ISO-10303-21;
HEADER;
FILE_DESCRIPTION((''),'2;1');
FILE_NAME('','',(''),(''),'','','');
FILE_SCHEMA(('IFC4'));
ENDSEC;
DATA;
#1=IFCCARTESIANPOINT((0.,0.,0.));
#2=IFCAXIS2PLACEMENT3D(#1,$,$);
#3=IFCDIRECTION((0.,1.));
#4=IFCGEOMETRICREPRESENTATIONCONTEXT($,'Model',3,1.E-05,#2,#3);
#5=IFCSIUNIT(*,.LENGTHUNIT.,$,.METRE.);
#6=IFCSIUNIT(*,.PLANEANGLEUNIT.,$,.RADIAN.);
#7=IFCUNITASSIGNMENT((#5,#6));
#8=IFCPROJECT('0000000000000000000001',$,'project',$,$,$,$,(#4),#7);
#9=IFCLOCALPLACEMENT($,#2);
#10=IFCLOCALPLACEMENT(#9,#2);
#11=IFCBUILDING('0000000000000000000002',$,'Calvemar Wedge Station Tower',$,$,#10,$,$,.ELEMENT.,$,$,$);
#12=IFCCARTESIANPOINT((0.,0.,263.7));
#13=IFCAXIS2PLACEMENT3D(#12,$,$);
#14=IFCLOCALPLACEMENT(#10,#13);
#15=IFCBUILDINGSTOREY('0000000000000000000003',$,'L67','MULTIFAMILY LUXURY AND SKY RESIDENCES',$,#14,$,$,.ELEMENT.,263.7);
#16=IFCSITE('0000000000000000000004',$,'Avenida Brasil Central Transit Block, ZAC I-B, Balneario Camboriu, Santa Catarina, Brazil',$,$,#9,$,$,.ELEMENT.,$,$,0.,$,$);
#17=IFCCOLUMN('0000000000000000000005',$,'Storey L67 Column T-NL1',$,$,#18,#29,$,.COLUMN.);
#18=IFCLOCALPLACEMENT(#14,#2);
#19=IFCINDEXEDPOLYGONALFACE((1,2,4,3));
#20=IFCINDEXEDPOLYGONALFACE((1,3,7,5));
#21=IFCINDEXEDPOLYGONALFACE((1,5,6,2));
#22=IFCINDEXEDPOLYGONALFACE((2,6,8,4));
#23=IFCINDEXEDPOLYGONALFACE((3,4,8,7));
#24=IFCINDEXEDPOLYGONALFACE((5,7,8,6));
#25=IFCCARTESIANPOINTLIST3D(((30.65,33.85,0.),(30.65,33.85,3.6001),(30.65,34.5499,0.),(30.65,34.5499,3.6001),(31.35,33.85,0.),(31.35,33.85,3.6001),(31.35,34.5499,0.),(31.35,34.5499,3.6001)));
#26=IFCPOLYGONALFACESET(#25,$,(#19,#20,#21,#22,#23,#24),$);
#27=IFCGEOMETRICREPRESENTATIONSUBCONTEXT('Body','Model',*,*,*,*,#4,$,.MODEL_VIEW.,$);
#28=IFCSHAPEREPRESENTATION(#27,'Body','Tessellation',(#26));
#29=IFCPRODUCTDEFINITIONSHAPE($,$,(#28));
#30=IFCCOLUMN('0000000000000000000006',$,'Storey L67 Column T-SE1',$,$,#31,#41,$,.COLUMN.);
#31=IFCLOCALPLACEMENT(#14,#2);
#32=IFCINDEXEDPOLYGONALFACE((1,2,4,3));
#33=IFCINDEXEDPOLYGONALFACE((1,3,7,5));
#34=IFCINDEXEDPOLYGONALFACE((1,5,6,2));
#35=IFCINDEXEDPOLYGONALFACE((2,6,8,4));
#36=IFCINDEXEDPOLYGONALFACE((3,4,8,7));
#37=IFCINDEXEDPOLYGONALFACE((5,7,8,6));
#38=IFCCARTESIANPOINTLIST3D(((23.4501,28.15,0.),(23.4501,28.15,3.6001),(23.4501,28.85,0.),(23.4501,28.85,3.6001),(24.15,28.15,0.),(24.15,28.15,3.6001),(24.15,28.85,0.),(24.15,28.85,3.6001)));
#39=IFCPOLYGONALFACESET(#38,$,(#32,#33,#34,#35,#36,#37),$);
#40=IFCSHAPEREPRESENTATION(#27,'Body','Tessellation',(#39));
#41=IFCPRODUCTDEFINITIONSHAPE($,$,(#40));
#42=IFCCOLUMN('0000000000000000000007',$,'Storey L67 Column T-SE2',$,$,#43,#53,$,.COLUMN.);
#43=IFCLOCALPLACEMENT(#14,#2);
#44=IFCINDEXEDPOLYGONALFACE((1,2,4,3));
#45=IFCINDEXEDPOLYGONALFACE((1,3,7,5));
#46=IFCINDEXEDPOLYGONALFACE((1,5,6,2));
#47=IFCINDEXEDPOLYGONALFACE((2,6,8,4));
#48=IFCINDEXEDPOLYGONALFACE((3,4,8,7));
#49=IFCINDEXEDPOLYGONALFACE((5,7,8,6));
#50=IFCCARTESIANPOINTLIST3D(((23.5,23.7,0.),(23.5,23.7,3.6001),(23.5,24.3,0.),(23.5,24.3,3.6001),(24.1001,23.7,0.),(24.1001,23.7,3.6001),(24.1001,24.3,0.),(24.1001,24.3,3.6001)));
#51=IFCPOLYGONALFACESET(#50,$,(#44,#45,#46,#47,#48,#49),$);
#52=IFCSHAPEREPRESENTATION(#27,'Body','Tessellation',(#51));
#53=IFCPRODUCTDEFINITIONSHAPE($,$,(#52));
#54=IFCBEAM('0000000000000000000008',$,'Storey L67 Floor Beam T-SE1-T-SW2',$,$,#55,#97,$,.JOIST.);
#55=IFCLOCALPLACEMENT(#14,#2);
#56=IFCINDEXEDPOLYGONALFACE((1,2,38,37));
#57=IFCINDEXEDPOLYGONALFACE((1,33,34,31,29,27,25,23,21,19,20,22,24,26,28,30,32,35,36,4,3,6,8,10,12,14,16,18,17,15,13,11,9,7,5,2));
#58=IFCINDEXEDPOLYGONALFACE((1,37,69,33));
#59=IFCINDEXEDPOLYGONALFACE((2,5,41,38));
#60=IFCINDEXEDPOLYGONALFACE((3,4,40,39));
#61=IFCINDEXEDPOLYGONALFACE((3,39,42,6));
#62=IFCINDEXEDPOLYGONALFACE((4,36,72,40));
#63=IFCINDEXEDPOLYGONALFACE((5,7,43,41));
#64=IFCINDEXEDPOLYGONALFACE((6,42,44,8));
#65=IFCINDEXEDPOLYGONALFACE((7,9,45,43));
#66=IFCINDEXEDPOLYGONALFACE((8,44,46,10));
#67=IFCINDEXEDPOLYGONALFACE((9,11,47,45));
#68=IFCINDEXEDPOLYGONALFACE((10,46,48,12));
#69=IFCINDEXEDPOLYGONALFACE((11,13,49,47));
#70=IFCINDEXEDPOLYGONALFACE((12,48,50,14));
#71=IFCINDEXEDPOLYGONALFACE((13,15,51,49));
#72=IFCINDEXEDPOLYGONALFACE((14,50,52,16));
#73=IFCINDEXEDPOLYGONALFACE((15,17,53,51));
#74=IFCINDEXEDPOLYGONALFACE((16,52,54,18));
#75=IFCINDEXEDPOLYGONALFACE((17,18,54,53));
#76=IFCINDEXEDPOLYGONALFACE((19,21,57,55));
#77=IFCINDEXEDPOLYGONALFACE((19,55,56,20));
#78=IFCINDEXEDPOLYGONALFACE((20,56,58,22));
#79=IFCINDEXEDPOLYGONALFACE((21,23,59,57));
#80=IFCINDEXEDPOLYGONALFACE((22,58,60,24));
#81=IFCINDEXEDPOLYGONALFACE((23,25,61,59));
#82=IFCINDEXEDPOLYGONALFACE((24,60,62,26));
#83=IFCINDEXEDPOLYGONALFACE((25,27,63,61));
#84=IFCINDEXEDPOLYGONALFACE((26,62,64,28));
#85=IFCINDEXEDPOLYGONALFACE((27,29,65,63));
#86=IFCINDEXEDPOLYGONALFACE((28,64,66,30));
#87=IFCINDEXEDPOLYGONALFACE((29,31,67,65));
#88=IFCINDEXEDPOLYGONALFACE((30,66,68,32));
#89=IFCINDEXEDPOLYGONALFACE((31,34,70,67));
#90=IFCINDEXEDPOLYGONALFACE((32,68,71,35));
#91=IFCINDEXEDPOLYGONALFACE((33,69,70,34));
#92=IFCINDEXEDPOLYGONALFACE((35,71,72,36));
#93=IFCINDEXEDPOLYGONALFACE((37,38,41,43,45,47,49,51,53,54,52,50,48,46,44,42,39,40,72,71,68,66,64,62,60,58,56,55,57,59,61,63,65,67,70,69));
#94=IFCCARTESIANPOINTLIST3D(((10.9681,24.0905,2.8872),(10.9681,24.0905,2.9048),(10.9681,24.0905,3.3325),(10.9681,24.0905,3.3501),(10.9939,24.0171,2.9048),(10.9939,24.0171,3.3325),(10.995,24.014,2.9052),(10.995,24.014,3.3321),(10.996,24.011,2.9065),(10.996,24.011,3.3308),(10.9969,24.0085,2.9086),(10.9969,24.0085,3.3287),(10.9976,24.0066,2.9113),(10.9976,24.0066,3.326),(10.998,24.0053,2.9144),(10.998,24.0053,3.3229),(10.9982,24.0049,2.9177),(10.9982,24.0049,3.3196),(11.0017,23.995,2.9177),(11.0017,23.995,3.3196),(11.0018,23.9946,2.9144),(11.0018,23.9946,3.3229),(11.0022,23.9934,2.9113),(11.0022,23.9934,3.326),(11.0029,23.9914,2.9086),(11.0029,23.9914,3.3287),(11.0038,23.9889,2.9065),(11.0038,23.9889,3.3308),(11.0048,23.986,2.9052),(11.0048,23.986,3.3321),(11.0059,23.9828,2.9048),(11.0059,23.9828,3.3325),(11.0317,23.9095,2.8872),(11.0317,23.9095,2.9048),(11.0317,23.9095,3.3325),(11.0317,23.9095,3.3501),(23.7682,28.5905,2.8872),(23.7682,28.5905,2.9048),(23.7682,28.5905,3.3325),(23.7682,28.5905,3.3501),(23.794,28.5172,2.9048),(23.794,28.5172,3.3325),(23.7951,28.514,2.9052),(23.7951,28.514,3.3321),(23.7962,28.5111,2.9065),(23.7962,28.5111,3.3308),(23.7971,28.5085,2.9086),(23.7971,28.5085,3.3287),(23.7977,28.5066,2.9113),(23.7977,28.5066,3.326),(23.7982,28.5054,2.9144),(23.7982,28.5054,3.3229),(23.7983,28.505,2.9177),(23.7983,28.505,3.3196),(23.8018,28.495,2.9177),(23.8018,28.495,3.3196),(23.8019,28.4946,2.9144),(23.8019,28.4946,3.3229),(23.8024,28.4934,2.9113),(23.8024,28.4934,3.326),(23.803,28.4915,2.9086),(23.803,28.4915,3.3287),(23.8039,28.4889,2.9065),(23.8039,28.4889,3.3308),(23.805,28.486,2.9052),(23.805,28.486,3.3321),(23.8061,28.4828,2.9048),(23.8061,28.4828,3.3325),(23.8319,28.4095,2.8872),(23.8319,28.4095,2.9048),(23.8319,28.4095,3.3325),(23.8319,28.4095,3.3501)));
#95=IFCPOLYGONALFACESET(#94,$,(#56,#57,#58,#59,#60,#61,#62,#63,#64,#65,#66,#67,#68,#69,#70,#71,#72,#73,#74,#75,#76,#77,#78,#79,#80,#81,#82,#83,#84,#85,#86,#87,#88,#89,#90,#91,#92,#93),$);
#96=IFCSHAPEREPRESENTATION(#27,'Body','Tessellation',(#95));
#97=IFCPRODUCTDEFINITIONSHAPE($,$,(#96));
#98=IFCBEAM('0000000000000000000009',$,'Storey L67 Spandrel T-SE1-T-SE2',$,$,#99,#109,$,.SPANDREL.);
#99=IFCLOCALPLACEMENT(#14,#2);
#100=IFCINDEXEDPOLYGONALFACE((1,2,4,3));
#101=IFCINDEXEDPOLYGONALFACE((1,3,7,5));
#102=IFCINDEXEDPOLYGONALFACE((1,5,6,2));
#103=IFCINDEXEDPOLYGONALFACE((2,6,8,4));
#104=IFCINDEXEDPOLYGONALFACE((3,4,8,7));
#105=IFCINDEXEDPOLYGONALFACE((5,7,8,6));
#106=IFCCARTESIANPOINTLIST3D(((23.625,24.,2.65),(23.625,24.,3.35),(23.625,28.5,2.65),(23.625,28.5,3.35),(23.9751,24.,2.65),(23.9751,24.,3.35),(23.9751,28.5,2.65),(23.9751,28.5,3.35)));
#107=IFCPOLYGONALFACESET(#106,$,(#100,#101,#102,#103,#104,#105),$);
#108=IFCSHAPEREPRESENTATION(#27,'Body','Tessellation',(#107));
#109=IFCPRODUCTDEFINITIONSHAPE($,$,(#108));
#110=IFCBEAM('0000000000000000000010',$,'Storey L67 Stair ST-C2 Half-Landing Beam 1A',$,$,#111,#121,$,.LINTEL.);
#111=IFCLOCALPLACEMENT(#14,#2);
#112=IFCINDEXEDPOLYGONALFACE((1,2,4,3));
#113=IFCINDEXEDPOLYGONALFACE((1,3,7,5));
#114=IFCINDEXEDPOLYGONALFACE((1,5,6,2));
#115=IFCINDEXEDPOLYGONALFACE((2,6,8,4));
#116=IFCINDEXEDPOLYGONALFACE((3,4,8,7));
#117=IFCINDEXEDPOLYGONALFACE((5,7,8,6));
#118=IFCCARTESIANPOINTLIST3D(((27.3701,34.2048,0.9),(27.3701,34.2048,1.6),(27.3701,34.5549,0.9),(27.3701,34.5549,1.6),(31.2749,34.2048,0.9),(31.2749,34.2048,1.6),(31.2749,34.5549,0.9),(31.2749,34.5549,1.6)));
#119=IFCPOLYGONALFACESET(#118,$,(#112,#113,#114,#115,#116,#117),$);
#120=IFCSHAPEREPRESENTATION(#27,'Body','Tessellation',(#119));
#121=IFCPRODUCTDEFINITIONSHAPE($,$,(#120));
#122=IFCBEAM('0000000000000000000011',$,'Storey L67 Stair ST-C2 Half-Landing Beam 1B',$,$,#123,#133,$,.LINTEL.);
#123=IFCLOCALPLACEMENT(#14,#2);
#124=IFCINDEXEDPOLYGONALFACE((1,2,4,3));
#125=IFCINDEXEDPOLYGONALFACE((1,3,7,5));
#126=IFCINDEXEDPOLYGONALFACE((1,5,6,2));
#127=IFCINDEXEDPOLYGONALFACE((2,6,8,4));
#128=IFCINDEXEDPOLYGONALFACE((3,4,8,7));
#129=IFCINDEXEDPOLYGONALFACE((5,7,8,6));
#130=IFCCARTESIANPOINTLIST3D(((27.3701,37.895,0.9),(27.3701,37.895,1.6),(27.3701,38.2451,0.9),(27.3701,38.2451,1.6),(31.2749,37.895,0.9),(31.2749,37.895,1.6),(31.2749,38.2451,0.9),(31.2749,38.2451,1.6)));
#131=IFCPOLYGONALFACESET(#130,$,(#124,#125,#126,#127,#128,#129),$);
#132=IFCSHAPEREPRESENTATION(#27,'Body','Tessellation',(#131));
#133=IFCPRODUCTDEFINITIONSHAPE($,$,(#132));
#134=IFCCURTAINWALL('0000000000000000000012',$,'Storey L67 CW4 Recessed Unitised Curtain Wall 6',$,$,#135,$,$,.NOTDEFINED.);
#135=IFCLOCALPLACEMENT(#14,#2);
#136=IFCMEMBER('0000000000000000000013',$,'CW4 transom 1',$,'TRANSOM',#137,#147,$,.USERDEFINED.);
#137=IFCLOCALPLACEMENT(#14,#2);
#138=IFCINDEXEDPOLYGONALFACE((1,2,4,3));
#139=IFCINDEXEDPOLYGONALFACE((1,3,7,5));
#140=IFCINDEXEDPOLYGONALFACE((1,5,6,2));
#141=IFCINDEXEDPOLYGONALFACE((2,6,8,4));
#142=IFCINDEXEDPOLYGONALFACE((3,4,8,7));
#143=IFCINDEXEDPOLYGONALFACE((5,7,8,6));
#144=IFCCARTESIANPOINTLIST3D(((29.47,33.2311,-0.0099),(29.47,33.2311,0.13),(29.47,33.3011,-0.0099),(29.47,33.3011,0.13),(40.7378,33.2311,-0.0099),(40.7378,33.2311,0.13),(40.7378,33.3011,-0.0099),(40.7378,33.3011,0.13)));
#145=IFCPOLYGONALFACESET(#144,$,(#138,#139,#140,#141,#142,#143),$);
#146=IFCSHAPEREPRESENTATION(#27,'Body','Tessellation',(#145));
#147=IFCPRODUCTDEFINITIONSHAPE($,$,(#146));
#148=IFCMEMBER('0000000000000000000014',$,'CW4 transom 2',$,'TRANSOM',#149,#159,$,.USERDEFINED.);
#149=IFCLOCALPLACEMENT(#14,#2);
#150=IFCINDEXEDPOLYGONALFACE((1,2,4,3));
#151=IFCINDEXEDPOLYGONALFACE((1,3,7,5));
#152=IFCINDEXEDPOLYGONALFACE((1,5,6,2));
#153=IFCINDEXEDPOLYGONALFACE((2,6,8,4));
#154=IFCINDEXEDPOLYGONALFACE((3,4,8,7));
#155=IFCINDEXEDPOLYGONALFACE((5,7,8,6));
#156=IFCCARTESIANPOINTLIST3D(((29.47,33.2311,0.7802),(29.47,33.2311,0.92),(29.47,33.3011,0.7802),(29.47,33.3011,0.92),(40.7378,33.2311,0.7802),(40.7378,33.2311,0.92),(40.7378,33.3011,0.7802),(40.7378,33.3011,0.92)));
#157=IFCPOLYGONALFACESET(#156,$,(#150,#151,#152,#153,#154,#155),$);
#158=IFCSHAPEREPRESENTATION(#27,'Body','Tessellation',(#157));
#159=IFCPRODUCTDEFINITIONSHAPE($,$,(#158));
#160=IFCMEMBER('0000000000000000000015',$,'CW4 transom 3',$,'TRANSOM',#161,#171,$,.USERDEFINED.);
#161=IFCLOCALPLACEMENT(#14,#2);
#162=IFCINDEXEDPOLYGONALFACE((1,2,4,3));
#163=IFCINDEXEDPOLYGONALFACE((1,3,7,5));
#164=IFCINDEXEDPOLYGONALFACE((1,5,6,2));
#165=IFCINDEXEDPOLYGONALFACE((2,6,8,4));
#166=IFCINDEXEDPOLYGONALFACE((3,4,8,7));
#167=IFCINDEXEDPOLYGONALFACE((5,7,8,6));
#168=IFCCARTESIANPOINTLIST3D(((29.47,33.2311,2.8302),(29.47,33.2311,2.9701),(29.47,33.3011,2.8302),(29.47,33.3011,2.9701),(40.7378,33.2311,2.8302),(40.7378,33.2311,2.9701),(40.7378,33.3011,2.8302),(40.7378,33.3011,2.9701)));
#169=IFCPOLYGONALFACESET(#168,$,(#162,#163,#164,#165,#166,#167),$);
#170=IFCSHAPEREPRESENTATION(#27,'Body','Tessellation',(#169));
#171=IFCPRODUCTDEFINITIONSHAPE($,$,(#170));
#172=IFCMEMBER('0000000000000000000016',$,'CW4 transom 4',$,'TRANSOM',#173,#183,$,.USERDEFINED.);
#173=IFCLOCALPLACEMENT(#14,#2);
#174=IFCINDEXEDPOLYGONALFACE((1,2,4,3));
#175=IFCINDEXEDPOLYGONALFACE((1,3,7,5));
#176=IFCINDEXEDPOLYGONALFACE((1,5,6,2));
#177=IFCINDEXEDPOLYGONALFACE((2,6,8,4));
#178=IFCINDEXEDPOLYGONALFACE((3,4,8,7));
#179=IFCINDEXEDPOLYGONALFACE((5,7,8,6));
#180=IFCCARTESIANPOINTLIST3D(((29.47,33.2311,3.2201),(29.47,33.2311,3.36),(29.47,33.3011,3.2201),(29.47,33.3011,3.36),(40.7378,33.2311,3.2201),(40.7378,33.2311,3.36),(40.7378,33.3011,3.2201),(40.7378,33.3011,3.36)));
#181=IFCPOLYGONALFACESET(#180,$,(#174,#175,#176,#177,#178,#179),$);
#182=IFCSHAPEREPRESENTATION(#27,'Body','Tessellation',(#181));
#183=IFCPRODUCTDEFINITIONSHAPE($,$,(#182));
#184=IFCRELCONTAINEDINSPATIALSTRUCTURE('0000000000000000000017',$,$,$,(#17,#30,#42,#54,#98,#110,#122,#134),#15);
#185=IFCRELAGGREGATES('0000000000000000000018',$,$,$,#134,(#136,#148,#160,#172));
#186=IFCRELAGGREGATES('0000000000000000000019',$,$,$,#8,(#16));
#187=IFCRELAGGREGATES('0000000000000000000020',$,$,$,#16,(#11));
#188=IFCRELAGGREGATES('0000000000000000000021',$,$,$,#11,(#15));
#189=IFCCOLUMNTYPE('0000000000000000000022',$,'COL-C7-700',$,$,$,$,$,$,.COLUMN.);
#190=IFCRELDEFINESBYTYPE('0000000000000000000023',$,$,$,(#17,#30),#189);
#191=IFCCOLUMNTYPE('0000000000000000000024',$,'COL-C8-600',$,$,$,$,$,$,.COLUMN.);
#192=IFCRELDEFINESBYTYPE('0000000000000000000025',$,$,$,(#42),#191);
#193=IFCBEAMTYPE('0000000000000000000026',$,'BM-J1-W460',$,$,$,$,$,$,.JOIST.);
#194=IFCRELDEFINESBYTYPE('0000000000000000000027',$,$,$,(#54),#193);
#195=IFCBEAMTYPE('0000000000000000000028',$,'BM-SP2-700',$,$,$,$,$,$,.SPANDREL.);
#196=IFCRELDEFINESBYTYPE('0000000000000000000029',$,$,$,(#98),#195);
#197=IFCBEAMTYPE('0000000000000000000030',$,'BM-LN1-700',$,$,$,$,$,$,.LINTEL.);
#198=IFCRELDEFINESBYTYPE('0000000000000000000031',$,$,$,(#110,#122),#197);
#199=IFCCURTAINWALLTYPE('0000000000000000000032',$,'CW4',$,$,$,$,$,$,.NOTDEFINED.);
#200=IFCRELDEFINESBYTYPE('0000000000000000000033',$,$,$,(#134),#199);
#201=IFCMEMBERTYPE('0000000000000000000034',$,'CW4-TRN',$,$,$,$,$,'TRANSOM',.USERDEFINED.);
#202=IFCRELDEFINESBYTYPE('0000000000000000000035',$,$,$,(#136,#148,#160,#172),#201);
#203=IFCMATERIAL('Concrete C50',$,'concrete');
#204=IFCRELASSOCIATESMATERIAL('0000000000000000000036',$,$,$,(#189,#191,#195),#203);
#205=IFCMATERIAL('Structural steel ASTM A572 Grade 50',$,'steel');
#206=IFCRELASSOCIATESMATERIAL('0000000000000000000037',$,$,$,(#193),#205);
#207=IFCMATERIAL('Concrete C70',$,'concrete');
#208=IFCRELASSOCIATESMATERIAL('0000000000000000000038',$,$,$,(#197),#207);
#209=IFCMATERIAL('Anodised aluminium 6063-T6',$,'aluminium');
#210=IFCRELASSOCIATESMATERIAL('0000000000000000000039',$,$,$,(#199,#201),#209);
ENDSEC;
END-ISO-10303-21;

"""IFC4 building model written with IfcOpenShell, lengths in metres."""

from ifc_helpers import new_model, si_unit, direction, frame, origin, origin_2d, place, context, subcontext, project, spatial, rectangle, i_section, extrude, source, transform, mapped, material, material_profile, profile_set, type_object, element, aggregate, save


model = new_model("IFC4")

# Units and contexts
model_context = context("Model", 3, precision=1e-05, world=origin(), true_north=direction((0.0, 1.0)))
body_context = subcontext(model_context, "Body", "Model", "MODEL_VIEW")
ifc_project = project(units=[si_unit("LENGTHUNIT", "METRE"), si_unit("PLANEANGLEUNIT", "RADIAN")], contexts=[model_context])

# Site, building, storey
site_placement = place(None, origin())
site = spatial("IfcSite", under=ifc_project, at=site_placement, Name="Avenida Brasil Central Transit Block, ZAC I-B, Balneario Camboriu, Santa Catarina, Brazil", CompositionType="ELEMENT", RefElevation=0.0)
building_placement = place(site_placement, origin())
building = spatial("IfcBuilding", under=site, at=building_placement, Name="Calvemar Wedge Station Tower", CompositionType="ELEMENT")
storey_placement = place(building_placement, frame((0.0, 0.0, 263.7)))
storey = spatial("IfcBuildingStorey", under=building, at=storey_placement, Name="L67", Description="MULTIFAMILY LUXURY AND SKY RESIDENCES", CompositionType="ELEMENT", Elevation=263.7)

# Columns
ifc_material_1 = material(Name="Concrete C50", Category="concrete")
ifc_material_profile_1 = material_profile(ifc_material_1, rectangle(XDim=0.7, YDim=0.7, at=origin_2d()), Name="RC700x700")
ifc_profile_set_1 = profile_set([ifc_material_profile_1], Name="Concrete C50")
column_type_1 = type_object("IfcColumnType", Name="COL-C7-700", PredefinedType="COLUMN", material=ifc_profile_set_1)
shared_shape_1 = source(origin(), body_context, "Body", "SweptSolid", [
    extrude(rectangle(XDim=0.7, YDim=0.7, at=origin_2d()), origin(), (0.0, 0.0, 1.0), 3.6001),
])
for number, where, z_axis, x_axis, name in (
    (1, (31.0, 34.2, 0.0), (0.0, 0.0, 1.0), (1.0, 0.0, 0.0), "Storey L67 Column T-NL1"),
    (2, (23.8, 28.5, 0.0), (0.0, 0.0, 1.0), (1.0, 0.0, 0.0), "Storey L67 Column T-SE1"),
):
    element("IfcColumn", number, at=place(storey_placement, frame(where, z_axis=z_axis, x_axis=x_axis)), inside=storey, type_object=column_type_1, Name=name, PredefinedType="COLUMN", context=body_context, shape_type="MappedRepresentation", body=[
        mapped(shared_shape_1, transform((0.0, 0.0, 0.0), scale=1.0)),
    ])
ifc_material_profile_2 = material_profile(ifc_material_1, rectangle(XDim=0.6001, YDim=0.6001, at=origin_2d()), Name="RC600x600")
ifc_profile_set_2 = profile_set([ifc_material_profile_2], Name="Concrete C50")
column_type_2 = type_object("IfcColumnType", Name="COL-C8-600", PredefinedType="COLUMN", material=ifc_profile_set_2)
shared_shape_2 = source(origin(), body_context, "Body", "SweptSolid", [
    extrude(rectangle(XDim=0.6001, YDim=0.6001, at=origin_2d()), origin(), (0.0, 0.0, 1.0), 3.6001),
])
column_placement = place(storey_placement, frame((23.8, 24.0, 0.0), z_axis=(0.0, 0.0, 1.0), x_axis=(1.0, 0.0, 0.0)))
element("IfcColumn", 3, at=column_placement, inside=storey, type_object=column_type_2, Name="Storey L67 Column T-SE2", PredefinedType="COLUMN", context=body_context, shape_type="MappedRepresentation", body=[
    mapped(shared_shape_2, transform((0.0, 0.0, 0.0), scale=1.0)),
])

# Beams
ifc_material_2 = material(Name="Structural steel ASTM A572 Grade 50", Category="steel")
ifc_material_profile_3 = material_profile(ifc_material_2, i_section(OverallWidth=0.1919, OverallDepth=0.4629, WebThickness=0.0105, FlangeThickness=0.0176, FilletRadius=0.0129, at=origin_2d()), Name="W460x89")
ifc_profile_set_3 = profile_set([ifc_material_profile_3], Name="Structural steel ASTM A572 Grade 50")
beam_type_1 = type_object("IfcBeamType", Name="BM-J1-W460", PredefinedType="JOIST", material=ifc_profile_set_3)
shared_shape_3 = source(origin(), body_context, "Body", "SweptSolid", [
    extrude(i_section(OverallWidth=0.1919, OverallDepth=0.4629, WebThickness=0.0105, FlangeThickness=0.0176, FilletRadius=0.0129, at=origin_2d()), origin(), (0.0, 0.0, 1.0), 13.5681),
])
beam_1_placement = place(storey_placement, frame((23.8, 28.5, 3.1187), z_axis=(-0.943398, -0.331662, 0.0), x_axis=(0.331662, -0.943398, 0.0)))
element("IfcBeam", 4, at=beam_1_placement, inside=storey, type_object=beam_type_1, Name="Storey L67 Floor Beam T-SE1-T-SW2", PredefinedType="JOIST", context=body_context, shape_type="MappedRepresentation", body=[
    mapped(shared_shape_3, transform((0.0, 0.0, 0.0), scale=1.0)),
])
ifc_material_profile_4 = material_profile(ifc_material_1, rectangle(XDim=0.3501, YDim=0.7, at=origin_2d()), Name="RC350x700")
ifc_profile_set_4 = profile_set([ifc_material_profile_4], Name="Concrete C50")
beam_type_2 = type_object("IfcBeamType", Name="BM-SP2-700", PredefinedType="SPANDREL", material=ifc_profile_set_4)
shared_shape_4 = source(origin(), body_context, "Body", "SweptSolid", [
    extrude(rectangle(XDim=0.3501, YDim=0.7, at=origin_2d()), origin(), (0.0, 0.0, 1.0), 4.5),
])
beam_2_placement = place(storey_placement, frame((23.8, 28.5, 3.0), z_axis=(0.0, -1.0, 0.0), x_axis=(1.0, 0.0, 0.0)))
element("IfcBeam", 5, at=beam_2_placement, inside=storey, type_object=beam_type_2, Name="Storey L67 Spandrel T-SE1-T-SE2", PredefinedType="SPANDREL", context=body_context, shape_type="MappedRepresentation", body=[
    mapped(shared_shape_4, transform((0.0, 0.0, 0.0), scale=1.0)),
])
ifc_material_3 = material(Name="Concrete C70", Category="concrete")
ifc_material_profile_5 = material_profile(ifc_material_3, rectangle(XDim=0.3501, YDim=0.7, at=origin_2d()), Name="RC350x700")
ifc_profile_set_5 = profile_set([ifc_material_profile_5], Name="Concrete C70")
beam_type_3 = type_object("IfcBeamType", Name="BM-LN1-700", PredefinedType="LINTEL", material=ifc_profile_set_5)
shared_shape_5 = source(origin(), body_context, "Body", "SweptSolid", [
    extrude(rectangle(XDim=0.3501, YDim=0.7, at=origin_2d()), origin(), (0.0, 0.0, 1.0), 3.9048),
])
for number, where, z_axis, x_axis, name in (
    (6, (27.3701, 34.3799, 1.25), (1.0, 0.0, 0.0), (0.0, 1.0, 0.0), "Storey L67 Stair ST-C2 Half-Landing Beam 1A"),
    (7, (27.3701, 38.0701, 1.25), (1.0, 0.0, 0.0), (0.0, 1.0, 0.0), "Storey L67 Stair ST-C2 Half-Landing Beam 1B"),
):
    element("IfcBeam", number, at=place(storey_placement, frame(where, z_axis=z_axis, x_axis=x_axis)), inside=storey, type_object=beam_type_3, Name=name, PredefinedType="LINTEL", context=body_context, shape_type="MappedRepresentation", body=[
        mapped(shared_shape_5, transform((0.0, 0.0, 0.0), scale=1.0)),
    ])

# Curtain wall, members
ifc_material_4 = material(Name="Anodised aluminium 6063-T6", Category="aluminium")
curtain_wall_type = type_object("IfcCurtainWallType", Name="CW4", PredefinedType="NOTDEFINED", material=ifc_material_4)
curtain_wall_placement = place(storey_placement, origin())
curtain_wall = element("IfcCurtainWall", 8, at=curtain_wall_placement, inside=storey, type_object=curtain_wall_type, Name="Storey L67 CW4 Recessed Unitised Curtain Wall 6", PredefinedType="NOTDEFINED")
ifc_material_profile_6 = material_profile(ifc_material_4, rectangle(XDim=0.0701, YDim=0.1399, at=origin_2d()), Name="AL-TRN-70x140")
ifc_profile_set_6 = profile_set([ifc_material_profile_6], Name="Anodised aluminium 6063-T6")
member_type_1 = type_object("IfcMemberType", Name="CW4-TRN", ElementType="TRANSOM", PredefinedType="USERDEFINED", material=ifc_profile_set_6)
shared_shape_6 = source(origin(), body_context, "Body", "SweptSolid", [
    extrude(rectangle(XDim=0.0701, YDim=0.1399, at=origin_2d()), origin(), (0.0, 0.0, 1.0), 11.2678),
])
member_1_placement = place(storey_placement, frame((29.47, 33.2661, 0.0601), z_axis=(1.0, 0.0, 0.0), x_axis=(0.0, 1.0, 0.0)))
member_1 = element("IfcMember", 9, at=member_1_placement, type_object=member_type_1, Name="CW4 transom 1", ObjectType="TRANSOM", PredefinedType="USERDEFINED", context=body_context, shape_type="MappedRepresentation", body=[
    mapped(shared_shape_6, transform((0.0, 0.0, 0.0), scale=1.0)),
])
member_2_placement = place(storey_placement, frame((29.47, 33.2661, 0.8501), z_axis=(1.0, 0.0, 0.0), x_axis=(0.0, 1.0, 0.0)))
member_2 = element("IfcMember", 10, at=member_2_placement, type_object=member_type_1, Name="CW4 transom 2", ObjectType="TRANSOM", PredefinedType="USERDEFINED", context=body_context, shape_type="MappedRepresentation", body=[
    mapped(shared_shape_6, transform((0.0, 0.0, 0.0), scale=1.0)),
])
member_3_placement = place(storey_placement, frame((29.47, 33.2661, 2.9001), z_axis=(1.0, 0.0, 0.0), x_axis=(0.0, 1.0, 0.0)))
member_3 = element("IfcMember", 11, at=member_3_placement, type_object=member_type_1, Name="CW4 transom 3", ObjectType="TRANSOM", PredefinedType="USERDEFINED", context=body_context, shape_type="MappedRepresentation", body=[
    mapped(shared_shape_6, transform((0.0, 0.0, 0.0), scale=1.0)),
])
member_4_placement = place(storey_placement, frame((29.47, 33.2661, 3.29), z_axis=(1.0, 0.0, 0.0), x_axis=(0.0, 1.0, 0.0)))
member_4 = element("IfcMember", 12, at=member_4_placement, type_object=member_type_1, Name="CW4 transom 4", ObjectType="TRANSOM", PredefinedType="USERDEFINED", context=body_context, shape_type="MappedRepresentation", body=[
    mapped(shared_shape_6, transform((0.0, 0.0, 0.0), scale=1.0)),
])
aggregate(curtain_wall, [member_1, member_2, member_3, member_4])

save(model, "model.ifc")
